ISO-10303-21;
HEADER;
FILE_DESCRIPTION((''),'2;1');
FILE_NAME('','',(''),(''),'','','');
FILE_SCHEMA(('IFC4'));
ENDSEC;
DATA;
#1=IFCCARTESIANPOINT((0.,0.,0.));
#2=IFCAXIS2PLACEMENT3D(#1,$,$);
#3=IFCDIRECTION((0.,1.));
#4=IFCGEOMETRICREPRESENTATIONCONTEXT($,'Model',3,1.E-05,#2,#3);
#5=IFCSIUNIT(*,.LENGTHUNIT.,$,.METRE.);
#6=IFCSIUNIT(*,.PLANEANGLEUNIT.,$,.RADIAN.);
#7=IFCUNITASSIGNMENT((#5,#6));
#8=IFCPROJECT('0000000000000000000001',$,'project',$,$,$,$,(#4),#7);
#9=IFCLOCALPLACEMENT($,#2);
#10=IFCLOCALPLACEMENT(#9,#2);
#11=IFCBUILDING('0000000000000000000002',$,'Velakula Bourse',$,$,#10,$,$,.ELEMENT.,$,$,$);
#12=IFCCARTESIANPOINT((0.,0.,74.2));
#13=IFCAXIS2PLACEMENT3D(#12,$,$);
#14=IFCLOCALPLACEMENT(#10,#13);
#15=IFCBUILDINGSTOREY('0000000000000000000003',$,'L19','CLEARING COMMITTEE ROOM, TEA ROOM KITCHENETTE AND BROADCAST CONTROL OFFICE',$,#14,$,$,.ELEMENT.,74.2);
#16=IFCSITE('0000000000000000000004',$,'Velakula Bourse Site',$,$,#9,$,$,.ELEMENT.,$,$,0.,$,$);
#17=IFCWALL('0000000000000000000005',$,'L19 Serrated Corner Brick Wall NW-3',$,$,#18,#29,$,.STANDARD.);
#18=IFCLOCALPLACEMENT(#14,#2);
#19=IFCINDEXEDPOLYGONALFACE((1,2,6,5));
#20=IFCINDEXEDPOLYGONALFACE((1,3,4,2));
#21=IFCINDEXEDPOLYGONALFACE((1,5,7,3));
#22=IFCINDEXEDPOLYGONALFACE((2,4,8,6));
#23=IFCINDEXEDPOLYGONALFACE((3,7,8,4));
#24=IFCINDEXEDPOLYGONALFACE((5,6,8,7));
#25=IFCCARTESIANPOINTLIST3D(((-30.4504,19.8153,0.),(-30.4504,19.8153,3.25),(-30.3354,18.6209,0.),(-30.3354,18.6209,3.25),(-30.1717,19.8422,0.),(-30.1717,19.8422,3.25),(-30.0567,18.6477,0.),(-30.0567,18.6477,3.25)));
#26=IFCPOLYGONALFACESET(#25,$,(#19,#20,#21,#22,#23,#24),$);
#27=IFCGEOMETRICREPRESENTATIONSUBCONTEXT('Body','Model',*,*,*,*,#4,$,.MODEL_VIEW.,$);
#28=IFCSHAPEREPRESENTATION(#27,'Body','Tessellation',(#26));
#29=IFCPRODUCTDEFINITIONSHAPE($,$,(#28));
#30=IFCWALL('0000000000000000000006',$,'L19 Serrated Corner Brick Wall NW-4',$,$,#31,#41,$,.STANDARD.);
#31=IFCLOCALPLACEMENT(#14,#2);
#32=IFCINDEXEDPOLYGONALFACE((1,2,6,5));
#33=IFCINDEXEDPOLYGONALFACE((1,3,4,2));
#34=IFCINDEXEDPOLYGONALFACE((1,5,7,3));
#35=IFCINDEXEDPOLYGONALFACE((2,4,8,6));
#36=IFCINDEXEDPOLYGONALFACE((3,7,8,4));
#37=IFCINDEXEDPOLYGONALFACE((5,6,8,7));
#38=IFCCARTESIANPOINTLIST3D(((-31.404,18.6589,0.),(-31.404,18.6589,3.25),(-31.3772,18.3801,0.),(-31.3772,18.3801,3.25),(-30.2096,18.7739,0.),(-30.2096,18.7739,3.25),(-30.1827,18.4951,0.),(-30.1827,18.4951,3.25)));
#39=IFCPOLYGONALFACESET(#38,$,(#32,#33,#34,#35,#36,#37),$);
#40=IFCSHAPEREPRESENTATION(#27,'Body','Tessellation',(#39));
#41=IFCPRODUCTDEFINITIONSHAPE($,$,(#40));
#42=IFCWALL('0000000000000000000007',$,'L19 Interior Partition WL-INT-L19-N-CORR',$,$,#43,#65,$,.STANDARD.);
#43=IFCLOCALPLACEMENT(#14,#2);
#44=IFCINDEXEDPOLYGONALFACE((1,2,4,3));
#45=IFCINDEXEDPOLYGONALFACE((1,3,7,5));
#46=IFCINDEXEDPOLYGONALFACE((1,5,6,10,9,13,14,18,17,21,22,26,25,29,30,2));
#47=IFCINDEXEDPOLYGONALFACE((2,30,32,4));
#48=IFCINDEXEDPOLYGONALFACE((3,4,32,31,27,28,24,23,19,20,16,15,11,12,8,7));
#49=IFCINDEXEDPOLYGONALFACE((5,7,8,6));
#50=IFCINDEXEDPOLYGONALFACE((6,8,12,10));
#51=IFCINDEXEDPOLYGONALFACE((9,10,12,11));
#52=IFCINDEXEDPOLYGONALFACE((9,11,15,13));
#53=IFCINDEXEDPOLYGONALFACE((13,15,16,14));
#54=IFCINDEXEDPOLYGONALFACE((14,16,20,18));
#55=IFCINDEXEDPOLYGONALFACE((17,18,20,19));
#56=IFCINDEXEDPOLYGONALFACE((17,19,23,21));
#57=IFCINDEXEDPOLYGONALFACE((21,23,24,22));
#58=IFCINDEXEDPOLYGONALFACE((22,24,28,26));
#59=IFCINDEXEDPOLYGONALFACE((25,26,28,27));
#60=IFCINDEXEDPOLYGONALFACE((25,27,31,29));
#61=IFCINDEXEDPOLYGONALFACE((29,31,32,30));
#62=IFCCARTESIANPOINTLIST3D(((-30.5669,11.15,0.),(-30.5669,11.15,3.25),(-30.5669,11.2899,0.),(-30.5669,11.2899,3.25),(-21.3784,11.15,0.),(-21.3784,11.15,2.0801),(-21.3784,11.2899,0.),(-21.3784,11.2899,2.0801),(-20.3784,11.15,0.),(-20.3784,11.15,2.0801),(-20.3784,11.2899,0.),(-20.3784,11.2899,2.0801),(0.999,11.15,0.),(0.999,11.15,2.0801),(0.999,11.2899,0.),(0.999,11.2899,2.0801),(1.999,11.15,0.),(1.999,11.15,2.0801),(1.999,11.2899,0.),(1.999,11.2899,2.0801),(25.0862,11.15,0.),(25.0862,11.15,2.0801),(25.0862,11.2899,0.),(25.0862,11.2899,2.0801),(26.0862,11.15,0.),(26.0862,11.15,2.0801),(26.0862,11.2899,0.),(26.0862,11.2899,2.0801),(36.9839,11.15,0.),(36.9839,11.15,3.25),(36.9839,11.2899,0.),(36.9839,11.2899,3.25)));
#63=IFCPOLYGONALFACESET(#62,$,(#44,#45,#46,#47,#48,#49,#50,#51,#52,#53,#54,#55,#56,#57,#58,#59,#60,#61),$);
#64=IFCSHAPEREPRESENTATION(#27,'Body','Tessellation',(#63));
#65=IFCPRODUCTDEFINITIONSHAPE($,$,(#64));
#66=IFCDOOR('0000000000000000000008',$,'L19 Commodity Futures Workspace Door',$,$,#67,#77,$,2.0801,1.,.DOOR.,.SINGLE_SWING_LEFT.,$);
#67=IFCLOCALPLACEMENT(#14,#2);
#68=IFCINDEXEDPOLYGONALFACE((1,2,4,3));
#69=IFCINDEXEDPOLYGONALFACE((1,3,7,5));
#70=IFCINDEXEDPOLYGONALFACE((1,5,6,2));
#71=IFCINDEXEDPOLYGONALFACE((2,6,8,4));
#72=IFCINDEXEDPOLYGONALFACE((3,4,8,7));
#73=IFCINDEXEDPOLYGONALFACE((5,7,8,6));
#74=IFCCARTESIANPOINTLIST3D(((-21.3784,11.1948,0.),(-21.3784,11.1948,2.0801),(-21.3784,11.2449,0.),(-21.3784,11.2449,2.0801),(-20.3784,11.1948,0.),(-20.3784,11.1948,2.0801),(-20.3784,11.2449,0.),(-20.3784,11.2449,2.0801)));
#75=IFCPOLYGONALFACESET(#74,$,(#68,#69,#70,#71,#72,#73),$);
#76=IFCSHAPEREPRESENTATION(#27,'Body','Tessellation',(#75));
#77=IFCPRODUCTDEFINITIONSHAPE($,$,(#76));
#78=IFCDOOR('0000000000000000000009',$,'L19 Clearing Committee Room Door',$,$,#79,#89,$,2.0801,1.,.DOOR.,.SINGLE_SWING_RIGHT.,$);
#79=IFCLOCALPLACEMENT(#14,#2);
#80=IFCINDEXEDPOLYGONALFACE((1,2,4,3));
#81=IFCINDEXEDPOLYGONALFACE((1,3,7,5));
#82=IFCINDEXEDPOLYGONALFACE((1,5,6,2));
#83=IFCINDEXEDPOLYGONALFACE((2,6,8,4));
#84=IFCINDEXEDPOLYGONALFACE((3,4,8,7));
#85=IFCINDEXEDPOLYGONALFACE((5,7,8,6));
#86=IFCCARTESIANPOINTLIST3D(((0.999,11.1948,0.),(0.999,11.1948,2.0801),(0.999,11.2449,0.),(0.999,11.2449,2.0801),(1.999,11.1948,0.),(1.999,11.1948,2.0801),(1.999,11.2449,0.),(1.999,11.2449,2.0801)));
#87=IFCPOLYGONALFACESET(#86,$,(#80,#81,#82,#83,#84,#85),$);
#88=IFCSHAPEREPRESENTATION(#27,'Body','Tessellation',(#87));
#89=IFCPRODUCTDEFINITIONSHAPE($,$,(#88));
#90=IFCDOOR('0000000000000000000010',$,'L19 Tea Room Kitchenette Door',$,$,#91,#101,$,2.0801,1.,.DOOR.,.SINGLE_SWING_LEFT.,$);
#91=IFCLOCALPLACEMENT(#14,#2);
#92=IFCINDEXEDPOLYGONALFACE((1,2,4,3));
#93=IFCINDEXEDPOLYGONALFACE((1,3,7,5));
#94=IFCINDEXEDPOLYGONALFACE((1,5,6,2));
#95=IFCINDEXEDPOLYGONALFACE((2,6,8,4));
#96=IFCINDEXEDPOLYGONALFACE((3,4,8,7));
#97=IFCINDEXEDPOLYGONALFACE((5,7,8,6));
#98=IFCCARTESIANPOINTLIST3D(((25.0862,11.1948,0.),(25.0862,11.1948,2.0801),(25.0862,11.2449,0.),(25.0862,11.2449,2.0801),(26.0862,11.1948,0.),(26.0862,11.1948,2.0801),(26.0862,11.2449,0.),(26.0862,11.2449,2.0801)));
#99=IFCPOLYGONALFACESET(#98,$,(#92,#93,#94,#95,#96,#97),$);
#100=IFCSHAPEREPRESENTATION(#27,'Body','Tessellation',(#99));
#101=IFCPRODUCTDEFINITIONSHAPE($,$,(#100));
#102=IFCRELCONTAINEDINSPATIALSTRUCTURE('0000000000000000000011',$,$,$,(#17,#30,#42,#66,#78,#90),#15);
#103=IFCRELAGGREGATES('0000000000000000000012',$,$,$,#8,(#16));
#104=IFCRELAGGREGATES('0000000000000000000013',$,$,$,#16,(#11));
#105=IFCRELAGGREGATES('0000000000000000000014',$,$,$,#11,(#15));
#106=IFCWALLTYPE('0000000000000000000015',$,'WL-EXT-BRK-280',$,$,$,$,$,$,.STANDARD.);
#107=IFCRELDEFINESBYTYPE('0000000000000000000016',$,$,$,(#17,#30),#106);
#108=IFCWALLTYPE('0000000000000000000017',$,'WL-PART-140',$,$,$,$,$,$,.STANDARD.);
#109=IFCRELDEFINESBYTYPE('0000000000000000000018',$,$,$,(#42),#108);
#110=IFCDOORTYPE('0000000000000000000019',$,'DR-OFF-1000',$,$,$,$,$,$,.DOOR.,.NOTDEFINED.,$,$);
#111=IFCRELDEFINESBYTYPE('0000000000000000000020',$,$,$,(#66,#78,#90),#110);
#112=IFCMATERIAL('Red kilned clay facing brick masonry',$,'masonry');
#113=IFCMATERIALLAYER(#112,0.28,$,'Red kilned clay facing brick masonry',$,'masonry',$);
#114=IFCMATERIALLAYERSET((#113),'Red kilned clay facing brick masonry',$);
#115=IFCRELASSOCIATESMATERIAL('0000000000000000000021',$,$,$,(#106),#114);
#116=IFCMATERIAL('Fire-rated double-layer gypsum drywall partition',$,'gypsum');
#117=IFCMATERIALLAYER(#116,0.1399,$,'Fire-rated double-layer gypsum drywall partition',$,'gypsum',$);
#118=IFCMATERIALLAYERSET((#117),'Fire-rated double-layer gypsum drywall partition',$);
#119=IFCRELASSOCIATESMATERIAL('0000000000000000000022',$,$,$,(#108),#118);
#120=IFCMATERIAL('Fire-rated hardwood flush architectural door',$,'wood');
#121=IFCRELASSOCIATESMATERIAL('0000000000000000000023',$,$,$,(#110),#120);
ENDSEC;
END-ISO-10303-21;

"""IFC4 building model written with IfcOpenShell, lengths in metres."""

from ifc_helpers import new_model, si_unit, direction, frame, frame_2d, origin, place, context, subcontext, project, spatial, rectangle, extrude, material, layer, layer_set, type_object, element, fill, save


model = new_model("IFC4")

# Units and contexts
model_context = context("Model", 3, precision=1e-05, world=origin(), true_north=direction((0.0, 1.0)))
body_context = subcontext(model_context, "Body", "Model", "MODEL_VIEW")
ifc_project = project(units=[si_unit("LENGTHUNIT", "METRE"), si_unit("PLANEANGLEUNIT", "RADIAN")], contexts=[model_context])

# Site, building, storey
site_placement = place(None, origin())
site = spatial("IfcSite", under=ifc_project, at=site_placement, Name="Velakula Bourse Site", CompositionType="ELEMENT", RefElevation=0.0)
building_placement = place(site_placement, origin())
building = spatial("IfcBuilding", under=site, at=building_placement, Name="Velakula Bourse", CompositionType="ELEMENT")
storey_placement = place(building_placement, frame((0.0, 0.0, 74.2)))
storey = spatial("IfcBuildingStorey", under=building, at=storey_placement, Name="L19", Description="CLEARING COMMITTEE ROOM, TEA ROOM KITCHENETTE AND BROADCAST CONTROL OFFICE", CompositionType="ELEMENT", Elevation=74.2)

# Shared definitions
ifc_material_1 = material(Name="Red kilned clay facing brick masonry", Category="masonry")
ifc_layer_1 = layer(ifc_material_1, 0.28, Name="Red kilned clay facing brick masonry", Category="masonry")
ifc_layer_set_1 = layer_set([ifc_layer_1], Name="Red kilned clay facing brick masonry")
wall_type_1 = type_object("IfcWallType", Name="WL-EXT-BRK-280", PredefinedType="STANDARD", material=ifc_layer_set_1)

# Walls
for number, where, z_axis, x_axis, name in (
    (1, (-30.311, 19.8289, 0.0), (0.0, 0.0, 1.0), (0.095836, -0.995397, 0.0), "L19 Serrated Corner Brick Wall NW-3"),
    (2, (-30.196, 18.6345, 0.0), (0.0, 0.0, 1.0), (-0.995397, -0.095836, 0.0), "L19 Serrated Corner Brick Wall NW-4"),
):
    element("IfcWall", number, at=place(storey_placement, frame(where, z_axis=z_axis, x_axis=x_axis)), inside=storey, type_object=wall_type_1, Name=name, PredefinedType="STANDARD", context=body_context, shape_type="SweptSolid", body=[
        extrude(rectangle(XDim=1.2, YDim=0.28, at=frame_2d((0.6001, 0.0))), origin(), (0.0, 0.0, 1.0), 3.25),
    ])

# Wall, openings, doors
ifc_material_2 = material(Name="Fire-rated double-layer gypsum drywall partition", Category="gypsum")
ifc_layer_2 = layer(ifc_material_2, 0.1399, Name="Fire-rated double-layer gypsum drywall partition", Category="gypsum")
ifc_layer_set_2 = layer_set([ifc_layer_2], Name="Fire-rated double-layer gypsum drywall partition")
wall_type_2 = type_object("IfcWallType", Name="WL-PART-140", PredefinedType="STANDARD", material=ifc_layer_set_2)
wall_1_placement = place(storey_placement, frame((-30.5669, 11.22, 0.0), z_axis=(0.0, 0.0, 1.0), x_axis=(1.0, 0.0, 0.0)))
wall_1 = element("IfcWall", 3, at=wall_1_placement, inside=storey, type_object=wall_type_2, Name="L19 Interior Partition WL-INT-L19-N-CORR", PredefinedType="STANDARD", context=body_context, shape_type="SweptSolid", body=[
    extrude(rectangle(XDim=67.5508, YDim=0.1399, at=frame_2d((33.7754, 0.0))), origin(), (0.0, 0.0, 1.0), 3.25),
])
opening_1_placement = place(wall_1_placement, frame((9.1885, 0.0, 0.0)))
opening_1 = element("IfcOpeningElement", 4, at=opening_1_placement, cuts=wall_1, PredefinedType="OPENING", context=body_context, shape_type="SweptSolid", body=[
    extrude(rectangle(XDim=1.0, YDim=2.0801, at=frame_2d((0.5, 1.04))), frame((0.0, 0.0798, 0.0), z_axis=(0.0, -1.0, 0.0), x_axis=(1.0, 0.0, 0.0)), (0.0, 0.0, 1.0), 0.1599),
])
opening_2_placement = place(wall_1_placement, frame((31.5659, 0.0, 0.0)))
opening_2 = element("IfcOpeningElement", 5, at=opening_2_placement, cuts=wall_1, PredefinedType="OPENING", context=body_context, shape_type="SweptSolid", body=[
    extrude(rectangle(XDim=1.0, YDim=2.0801, at=frame_2d((0.5, 1.04))), frame((0.0, 0.0798, 0.0), z_axis=(0.0, -1.0, 0.0), x_axis=(1.0, 0.0, 0.0)), (0.0, 0.0, 1.0), 0.1599),
])
opening_3_placement = place(wall_1_placement, frame((55.6531, 0.0, 0.0)))
opening_3 = element("IfcOpeningElement", 6, at=opening_3_placement, cuts=wall_1, PredefinedType="OPENING", context=body_context, shape_type="SweptSolid", body=[
    extrude(rectangle(XDim=1.0, YDim=2.0801, at=frame_2d((0.5, 1.04))), frame((0.0, 0.0798, 0.0), z_axis=(0.0, -1.0, 0.0), x_axis=(1.0, 0.0, 0.0)), (0.0, 0.0, 1.0), 0.1599),
])
ifc_material_3 = material(Name="Fire-rated hardwood flush architectural door", Category="wood")
door_type = type_object("IfcDoorType", Name="DR-OFF-1000", OperationType="NOTDEFINED", PredefinedType="DOOR", material=ifc_material_3)
door_1_placement = place(opening_1_placement, origin())
door_1 = element("IfcDoor", 7, at=door_1_placement, inside=storey, type_object=door_type, Name="L19 Commodity Futures Workspace Door", OperationType="SINGLE_SWING_LEFT", OverallHeight=2.0801, OverallWidth=1.0, PredefinedType="DOOR", context=body_context, shape_type="SweptSolid", body=[
    extrude(rectangle(XDim=1.0, YDim=2.0801, at=frame_2d((0.5, 1.04))), frame((0.0, 0.0249, 0.0), z_axis=(0.0, -1.0, 0.0), x_axis=(1.0, 0.0, 0.0)), (0.0, 0.0, 1.0), 0.05),
])
fill(opening_1, door_1)
door_2_placement = place(opening_2_placement, origin())
door_2 = element("IfcDoor", 8, at=door_2_placement, inside=storey, type_object=door_type, Name="L19 Clearing Committee Room Door", OperationType="SINGLE_SWING_RIGHT", OverallHeight=2.0801, OverallWidth=1.0, PredefinedType="DOOR", context=body_context, shape_type="SweptSolid", body=[
    extrude(rectangle(XDim=1.0, YDim=2.0801, at=frame_2d((0.5, 1.04))), frame((0.0, 0.0249, 0.0), z_axis=(0.0, -1.0, 0.0), x_axis=(1.0, 0.0, 0.0)), (0.0, 0.0, 1.0), 0.05),
])
fill(opening_2, door_2)
door_3_placement = place(opening_3_placement, origin())
door_3 = element("IfcDoor", 9, at=door_3_placement, inside=storey, type_object=door_type, Name="L19 Tea Room Kitchenette Door", OperationType="SINGLE_SWING_LEFT", OverallHeight=2.0801, OverallWidth=1.0, PredefinedType="DOOR", context=body_context, shape_type="SweptSolid", body=[
    extrude(rectangle(XDim=1.0, YDim=2.0801, at=frame_2d((0.5, 1.04))), frame((0.0, 0.0249, 0.0), z_axis=(0.0, -1.0, 0.0), x_axis=(1.0, 0.0, 0.0)), (0.0, 0.0, 1.0), 0.05),
])
fill(opening_3, door_3)

save(model, "model.ifc")
